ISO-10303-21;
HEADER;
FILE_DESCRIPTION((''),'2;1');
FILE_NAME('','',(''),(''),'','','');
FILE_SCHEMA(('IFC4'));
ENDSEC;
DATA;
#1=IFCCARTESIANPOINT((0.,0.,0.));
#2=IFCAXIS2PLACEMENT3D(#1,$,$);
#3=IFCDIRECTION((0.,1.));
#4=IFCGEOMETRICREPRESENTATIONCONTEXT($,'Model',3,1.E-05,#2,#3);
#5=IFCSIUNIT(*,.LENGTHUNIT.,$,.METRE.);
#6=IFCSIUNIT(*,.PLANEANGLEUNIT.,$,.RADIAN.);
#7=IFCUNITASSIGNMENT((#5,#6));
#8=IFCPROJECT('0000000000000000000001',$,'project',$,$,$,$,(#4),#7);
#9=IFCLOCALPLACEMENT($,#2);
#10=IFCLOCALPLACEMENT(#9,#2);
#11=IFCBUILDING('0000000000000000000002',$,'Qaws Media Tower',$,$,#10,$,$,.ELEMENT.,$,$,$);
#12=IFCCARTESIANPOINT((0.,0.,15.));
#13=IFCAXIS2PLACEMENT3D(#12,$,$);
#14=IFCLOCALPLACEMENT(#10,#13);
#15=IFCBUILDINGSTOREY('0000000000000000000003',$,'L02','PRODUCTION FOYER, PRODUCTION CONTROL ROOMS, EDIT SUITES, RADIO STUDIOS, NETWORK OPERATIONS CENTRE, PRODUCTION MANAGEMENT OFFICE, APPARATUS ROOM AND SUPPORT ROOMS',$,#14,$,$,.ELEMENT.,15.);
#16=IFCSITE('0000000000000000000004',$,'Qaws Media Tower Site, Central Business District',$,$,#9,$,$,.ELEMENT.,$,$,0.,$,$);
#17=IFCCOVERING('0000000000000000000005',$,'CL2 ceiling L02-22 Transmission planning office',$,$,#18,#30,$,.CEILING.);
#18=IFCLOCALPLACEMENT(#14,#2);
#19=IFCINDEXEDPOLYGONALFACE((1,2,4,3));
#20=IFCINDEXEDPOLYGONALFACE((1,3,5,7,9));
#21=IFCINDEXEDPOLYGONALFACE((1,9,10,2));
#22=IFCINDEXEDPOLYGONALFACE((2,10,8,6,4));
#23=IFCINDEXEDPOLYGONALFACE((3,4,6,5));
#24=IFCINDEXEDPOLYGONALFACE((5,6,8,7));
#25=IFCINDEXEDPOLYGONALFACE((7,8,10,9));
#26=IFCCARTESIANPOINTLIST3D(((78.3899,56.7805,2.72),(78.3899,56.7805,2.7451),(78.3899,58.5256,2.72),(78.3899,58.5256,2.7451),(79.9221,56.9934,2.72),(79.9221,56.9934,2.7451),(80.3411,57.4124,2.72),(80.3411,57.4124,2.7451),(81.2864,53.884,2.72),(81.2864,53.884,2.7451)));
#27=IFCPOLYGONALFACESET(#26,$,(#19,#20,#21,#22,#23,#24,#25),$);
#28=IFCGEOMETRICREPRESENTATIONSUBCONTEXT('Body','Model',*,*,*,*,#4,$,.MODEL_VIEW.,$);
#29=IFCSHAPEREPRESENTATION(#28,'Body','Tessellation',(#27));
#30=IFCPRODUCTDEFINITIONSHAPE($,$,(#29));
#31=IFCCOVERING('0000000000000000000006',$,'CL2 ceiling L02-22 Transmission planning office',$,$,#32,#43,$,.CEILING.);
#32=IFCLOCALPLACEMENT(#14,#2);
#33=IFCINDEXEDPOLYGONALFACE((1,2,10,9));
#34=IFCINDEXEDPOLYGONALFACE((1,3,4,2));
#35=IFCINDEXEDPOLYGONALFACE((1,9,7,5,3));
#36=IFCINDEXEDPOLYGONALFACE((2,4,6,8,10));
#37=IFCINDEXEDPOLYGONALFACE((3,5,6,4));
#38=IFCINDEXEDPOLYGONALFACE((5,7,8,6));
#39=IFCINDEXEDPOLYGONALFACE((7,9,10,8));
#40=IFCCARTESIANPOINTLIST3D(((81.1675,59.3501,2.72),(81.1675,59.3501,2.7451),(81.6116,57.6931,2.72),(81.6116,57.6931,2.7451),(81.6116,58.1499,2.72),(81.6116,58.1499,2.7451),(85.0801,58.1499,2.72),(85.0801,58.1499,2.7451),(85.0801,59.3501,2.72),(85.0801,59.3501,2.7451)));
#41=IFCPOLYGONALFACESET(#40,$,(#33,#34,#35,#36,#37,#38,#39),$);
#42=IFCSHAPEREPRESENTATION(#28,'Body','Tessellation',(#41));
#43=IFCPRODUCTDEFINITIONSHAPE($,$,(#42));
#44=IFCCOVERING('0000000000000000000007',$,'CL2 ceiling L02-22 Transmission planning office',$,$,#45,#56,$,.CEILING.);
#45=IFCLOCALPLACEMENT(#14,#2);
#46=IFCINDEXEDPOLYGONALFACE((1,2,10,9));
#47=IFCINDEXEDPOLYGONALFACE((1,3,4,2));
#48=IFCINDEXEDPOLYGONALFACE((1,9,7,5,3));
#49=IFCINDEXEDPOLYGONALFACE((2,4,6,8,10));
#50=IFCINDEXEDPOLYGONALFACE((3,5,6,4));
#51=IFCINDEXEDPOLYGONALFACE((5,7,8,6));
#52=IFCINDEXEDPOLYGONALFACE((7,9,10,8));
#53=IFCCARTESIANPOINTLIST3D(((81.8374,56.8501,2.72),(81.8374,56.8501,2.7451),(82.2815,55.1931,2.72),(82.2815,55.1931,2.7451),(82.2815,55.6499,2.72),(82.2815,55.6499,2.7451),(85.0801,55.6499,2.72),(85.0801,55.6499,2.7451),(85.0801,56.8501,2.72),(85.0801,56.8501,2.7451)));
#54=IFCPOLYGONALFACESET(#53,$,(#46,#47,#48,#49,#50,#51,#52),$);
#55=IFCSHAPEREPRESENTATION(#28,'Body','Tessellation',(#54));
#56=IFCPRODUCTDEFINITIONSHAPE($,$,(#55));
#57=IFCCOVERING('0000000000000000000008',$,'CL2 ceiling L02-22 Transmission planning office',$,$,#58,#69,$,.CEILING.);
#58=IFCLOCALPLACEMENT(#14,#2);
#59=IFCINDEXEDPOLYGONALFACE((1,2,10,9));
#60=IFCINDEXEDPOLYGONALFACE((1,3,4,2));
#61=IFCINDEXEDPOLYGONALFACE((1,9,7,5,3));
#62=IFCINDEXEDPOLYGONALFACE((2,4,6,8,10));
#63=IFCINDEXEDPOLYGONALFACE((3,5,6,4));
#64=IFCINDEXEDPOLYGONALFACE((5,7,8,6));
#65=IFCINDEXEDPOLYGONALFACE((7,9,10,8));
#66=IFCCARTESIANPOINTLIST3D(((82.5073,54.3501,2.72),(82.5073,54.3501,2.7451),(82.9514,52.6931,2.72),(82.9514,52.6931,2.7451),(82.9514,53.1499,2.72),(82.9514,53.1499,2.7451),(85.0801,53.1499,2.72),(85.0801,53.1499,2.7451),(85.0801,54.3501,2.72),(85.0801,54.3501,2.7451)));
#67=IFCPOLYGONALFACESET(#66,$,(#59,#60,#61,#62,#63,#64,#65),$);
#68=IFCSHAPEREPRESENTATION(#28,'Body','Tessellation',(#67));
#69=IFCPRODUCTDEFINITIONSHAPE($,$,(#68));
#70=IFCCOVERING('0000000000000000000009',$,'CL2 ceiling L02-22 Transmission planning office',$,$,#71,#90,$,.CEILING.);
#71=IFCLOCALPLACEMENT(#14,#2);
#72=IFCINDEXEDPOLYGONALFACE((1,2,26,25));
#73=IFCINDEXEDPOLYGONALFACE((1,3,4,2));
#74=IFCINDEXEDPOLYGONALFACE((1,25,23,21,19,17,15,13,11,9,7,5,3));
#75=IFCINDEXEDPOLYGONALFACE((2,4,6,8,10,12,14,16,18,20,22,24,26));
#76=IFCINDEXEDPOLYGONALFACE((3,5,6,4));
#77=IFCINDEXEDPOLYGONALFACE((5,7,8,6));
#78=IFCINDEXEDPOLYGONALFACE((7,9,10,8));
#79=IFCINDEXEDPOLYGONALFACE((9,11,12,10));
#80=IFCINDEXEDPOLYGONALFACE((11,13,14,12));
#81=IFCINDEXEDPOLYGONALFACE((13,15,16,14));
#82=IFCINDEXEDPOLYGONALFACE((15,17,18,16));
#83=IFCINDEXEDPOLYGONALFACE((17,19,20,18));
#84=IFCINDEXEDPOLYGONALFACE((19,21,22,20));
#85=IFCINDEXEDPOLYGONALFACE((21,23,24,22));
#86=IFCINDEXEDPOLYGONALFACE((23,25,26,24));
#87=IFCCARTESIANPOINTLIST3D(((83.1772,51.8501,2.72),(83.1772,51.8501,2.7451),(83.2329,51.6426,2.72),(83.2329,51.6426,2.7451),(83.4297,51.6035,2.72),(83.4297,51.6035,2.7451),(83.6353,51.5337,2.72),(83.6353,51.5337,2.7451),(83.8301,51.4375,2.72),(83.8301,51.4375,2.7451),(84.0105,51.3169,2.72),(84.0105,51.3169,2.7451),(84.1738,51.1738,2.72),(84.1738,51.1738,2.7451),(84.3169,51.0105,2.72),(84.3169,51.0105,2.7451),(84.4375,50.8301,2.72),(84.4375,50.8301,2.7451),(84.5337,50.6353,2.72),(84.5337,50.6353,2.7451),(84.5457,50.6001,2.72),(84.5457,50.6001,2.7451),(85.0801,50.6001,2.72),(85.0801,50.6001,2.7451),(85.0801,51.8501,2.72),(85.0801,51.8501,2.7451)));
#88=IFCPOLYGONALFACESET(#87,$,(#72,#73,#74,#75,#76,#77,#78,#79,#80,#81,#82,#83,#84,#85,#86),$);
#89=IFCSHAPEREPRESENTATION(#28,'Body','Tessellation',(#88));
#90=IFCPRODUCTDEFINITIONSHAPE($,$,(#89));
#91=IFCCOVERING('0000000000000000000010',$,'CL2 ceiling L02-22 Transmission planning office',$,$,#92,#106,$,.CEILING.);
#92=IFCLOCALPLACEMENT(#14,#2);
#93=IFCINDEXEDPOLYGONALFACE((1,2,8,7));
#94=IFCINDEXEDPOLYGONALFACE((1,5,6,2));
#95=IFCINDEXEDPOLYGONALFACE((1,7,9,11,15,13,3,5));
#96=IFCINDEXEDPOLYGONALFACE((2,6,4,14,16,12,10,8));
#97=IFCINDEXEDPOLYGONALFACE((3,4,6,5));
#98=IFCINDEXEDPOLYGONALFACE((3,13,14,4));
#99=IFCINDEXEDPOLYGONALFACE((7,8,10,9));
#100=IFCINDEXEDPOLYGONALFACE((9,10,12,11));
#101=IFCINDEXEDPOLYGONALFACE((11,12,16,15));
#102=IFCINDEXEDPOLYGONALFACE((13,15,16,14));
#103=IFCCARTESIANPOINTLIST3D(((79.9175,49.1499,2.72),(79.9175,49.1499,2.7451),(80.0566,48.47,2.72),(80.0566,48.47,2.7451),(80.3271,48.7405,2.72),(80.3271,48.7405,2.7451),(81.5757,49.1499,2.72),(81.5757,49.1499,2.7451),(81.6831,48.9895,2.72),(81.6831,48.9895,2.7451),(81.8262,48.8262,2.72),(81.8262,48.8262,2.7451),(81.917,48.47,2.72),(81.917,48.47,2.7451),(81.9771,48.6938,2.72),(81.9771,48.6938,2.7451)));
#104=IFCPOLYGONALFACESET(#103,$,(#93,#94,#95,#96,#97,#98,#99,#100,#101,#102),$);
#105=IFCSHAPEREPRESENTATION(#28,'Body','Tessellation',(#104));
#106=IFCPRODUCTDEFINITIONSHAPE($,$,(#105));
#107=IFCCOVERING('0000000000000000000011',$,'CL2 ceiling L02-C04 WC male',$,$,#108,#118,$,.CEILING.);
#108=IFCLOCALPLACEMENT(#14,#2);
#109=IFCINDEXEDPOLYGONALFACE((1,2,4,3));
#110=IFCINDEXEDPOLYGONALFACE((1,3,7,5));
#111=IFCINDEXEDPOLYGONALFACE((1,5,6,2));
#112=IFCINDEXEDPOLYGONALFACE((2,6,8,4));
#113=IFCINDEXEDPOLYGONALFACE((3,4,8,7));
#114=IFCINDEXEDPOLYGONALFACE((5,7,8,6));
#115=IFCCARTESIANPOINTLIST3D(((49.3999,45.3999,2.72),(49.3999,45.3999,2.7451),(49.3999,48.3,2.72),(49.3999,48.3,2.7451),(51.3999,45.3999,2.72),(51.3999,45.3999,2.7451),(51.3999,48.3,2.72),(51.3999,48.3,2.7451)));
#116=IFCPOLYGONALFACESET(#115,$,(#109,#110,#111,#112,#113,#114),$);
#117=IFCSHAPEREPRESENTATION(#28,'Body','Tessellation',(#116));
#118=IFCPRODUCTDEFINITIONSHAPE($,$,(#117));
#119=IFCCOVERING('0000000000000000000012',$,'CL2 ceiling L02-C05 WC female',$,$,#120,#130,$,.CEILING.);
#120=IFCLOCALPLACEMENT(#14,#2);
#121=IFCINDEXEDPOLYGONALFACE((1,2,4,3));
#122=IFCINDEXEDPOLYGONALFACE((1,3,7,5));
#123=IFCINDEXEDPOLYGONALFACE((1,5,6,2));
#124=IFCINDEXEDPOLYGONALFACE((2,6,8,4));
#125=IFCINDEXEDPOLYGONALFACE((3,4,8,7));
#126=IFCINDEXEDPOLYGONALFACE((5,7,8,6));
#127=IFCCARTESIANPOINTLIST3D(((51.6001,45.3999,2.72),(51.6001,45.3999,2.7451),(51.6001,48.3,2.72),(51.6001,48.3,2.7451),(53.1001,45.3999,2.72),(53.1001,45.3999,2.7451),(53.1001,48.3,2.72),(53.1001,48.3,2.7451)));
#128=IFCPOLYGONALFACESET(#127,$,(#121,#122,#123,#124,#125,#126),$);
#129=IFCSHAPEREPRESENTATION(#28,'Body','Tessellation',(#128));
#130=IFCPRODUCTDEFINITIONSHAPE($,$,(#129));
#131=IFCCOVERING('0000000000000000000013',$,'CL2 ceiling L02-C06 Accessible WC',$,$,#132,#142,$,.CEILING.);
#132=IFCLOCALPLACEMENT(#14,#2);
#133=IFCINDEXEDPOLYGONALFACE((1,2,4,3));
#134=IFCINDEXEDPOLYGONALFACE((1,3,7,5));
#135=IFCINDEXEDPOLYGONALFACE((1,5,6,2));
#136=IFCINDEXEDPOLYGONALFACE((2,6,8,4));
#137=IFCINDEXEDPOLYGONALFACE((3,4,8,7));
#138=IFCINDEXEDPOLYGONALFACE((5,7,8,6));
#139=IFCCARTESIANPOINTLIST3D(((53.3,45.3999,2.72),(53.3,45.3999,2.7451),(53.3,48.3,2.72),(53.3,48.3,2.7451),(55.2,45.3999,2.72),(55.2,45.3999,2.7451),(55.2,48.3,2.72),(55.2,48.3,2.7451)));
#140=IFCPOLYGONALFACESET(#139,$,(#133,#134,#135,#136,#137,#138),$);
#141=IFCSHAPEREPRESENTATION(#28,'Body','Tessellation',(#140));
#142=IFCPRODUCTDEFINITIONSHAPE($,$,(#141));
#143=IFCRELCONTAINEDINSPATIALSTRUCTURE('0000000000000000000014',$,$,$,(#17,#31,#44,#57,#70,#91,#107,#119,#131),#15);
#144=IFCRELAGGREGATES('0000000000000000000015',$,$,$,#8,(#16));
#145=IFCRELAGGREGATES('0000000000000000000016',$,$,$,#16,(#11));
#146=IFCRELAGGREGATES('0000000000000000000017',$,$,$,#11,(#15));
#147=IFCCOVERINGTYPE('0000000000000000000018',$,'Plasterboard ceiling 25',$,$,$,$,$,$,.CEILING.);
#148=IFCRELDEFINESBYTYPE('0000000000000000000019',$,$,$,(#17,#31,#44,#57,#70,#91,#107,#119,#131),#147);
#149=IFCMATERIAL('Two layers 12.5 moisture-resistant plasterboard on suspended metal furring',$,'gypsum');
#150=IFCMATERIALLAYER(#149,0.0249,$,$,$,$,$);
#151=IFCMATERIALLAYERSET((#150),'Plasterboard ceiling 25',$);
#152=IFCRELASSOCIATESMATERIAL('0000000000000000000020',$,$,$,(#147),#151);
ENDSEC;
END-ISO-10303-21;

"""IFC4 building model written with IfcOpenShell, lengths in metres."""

from ifc_helpers import new_model, si_unit, direction, frame, origin, place, context, subcontext, project, spatial, polyline, outline, extrude, material, layer, layer_set, type_object, element, save


model = new_model("IFC4")

# Units and contexts
model_context = context("Model", 3, precision=1e-05, world=origin(), true_north=direction((0.0, 1.0)))
body_context = subcontext(model_context, "Body", "Model", "MODEL_VIEW")
ifc_project = project(units=[si_unit("LENGTHUNIT", "METRE"), si_unit("PLANEANGLEUNIT", "RADIAN")], contexts=[model_context])

# Site, building, storey
site_placement = place(None, origin())
site = spatial("IfcSite", under=ifc_project, at=site_placement, Name="Qaws Media Tower Site, Central Business District", CompositionType="ELEMENT", RefElevation=0.0)
building_placement = place(site_placement, origin())
building = spatial("IfcBuilding", under=site, at=building_placement, Name="Qaws Media Tower", CompositionType="ELEMENT")
storey_placement = place(building_placement, frame((0.0, 0.0, 15.0)))
storey = spatial("IfcBuildingStorey", under=building, at=storey_placement, Name="L02", Description="PRODUCTION FOYER, PRODUCTION CONTROL ROOMS, EDIT SUITES, RADIO STUDIOS, NETWORK OPERATIONS CENTRE, PRODUCTION MANAGEMENT OFFICE, APPARATUS ROOM AND SUPPORT ROOMS", CompositionType="ELEMENT", Elevation=15.0)

# Coverings
ifc_material_1 = material(Name="Two layers 12.5 moisture-resistant plasterboard on suspended metal furring", Category="gypsum")
ifc_layer_1 = layer(ifc_material_1, 0.0249)
ifc_layer_set_1 = layer_set([ifc_layer_1], Name="Plasterboard ceiling 25")
covering_type = type_object("IfcCoveringType", Name="Plasterboard ceiling 25", PredefinedType="CEILING", material=ifc_layer_set_1)
covering_1_placement = place(storey_placement, frame((0.0, 0.0, 2.72)))
element("IfcCovering", 1, at=covering_1_placement, inside=storey, type_object=covering_type, Name="CL2 ceiling L02-22 Transmission planning office", PredefinedType="CEILING", context=body_context, shape_type="SweptSolid", body=[
    extrude(outline(polyline([(78.3899, 58.5256), (79.9221, 56.9934), (80.3411, 57.4124), (81.2864, 53.884), (78.3899, 56.7805), (78.3899, 58.5256)])), origin(), (0.0, 0.0, 1.0), 0.0251),
])
covering_2_placement = place(storey_placement, frame((0.0, 0.0, 2.72)))
element("IfcCovering", 2, at=covering_2_placement, inside=storey, type_object=covering_type, Name="CL2 ceiling L02-22 Transmission planning office", PredefinedType="CEILING", context=body_context, shape_type="SweptSolid", body=[
    extrude(outline(polyline([(85.0801, 58.1499), (81.6116, 58.1499), (81.6116, 57.6931), (81.1675, 59.3501), (85.0801, 59.3501), (85.0801, 58.1499)])), origin(), (0.0, 0.0, 1.0), 0.0251),
])
covering_3_placement = place(storey_placement, frame((0.0, 0.0, 2.72)))
element("IfcCovering", 3, at=covering_3_placement, inside=storey, type_object=covering_type, Name="CL2 ceiling L02-22 Transmission planning office", PredefinedType="CEILING", context=body_context, shape_type="SweptSolid", body=[
    extrude(outline(polyline([(85.0801, 55.6499), (82.2815, 55.6499), (82.2815, 55.1931), (81.8374, 56.8501), (85.0801, 56.8501), (85.0801, 55.6499)])), origin(), (0.0, 0.0, 1.0), 0.0251),
])
covering_4_placement = place(storey_placement, frame((0.0, 0.0, 2.72)))
element("IfcCovering", 4, at=covering_4_placement, inside=storey, type_object=covering_type, Name="CL2 ceiling L02-22 Transmission planning office", PredefinedType="CEILING", context=body_context, shape_type="SweptSolid", body=[
    extrude(outline(polyline([(85.0801, 53.1499), (82.9514, 53.1499), (82.9514, 52.6931), (82.5073, 54.3501), (85.0801, 54.3501), (85.0801, 53.1499)])), origin(), (0.0, 0.0, 1.0), 0.0251),
])
covering_5_placement = place(storey_placement, frame((0.0, 0.0, 2.72)))
element("IfcCovering", 5, at=covering_5_placement, inside=storey, type_object=covering_type, Name="CL2 ceiling L02-22 Transmission planning office", PredefinedType="CEILING", context=body_context, shape_type="SweptSolid", body=[
    extrude(outline(polyline([(85.0801, 50.6001), (84.5457, 50.6001), (84.5337, 50.6353), (84.4375, 50.8301), (84.3169, 51.0105), (84.1738, 51.1738), (84.0105, 51.3169), (83.8301, 51.4375), (83.6353, 51.5337), (83.4297, 51.6035), (83.2329, 51.6426), (83.1772, 51.8501), (85.0801, 51.8501), (85.0801, 50.6001)])), origin(), (0.0, 0.0, 1.0), 0.0251),
])
covering_6_placement = place(storey_placement, frame((0.0, 0.0, 2.72)))
element("IfcCovering", 6, at=covering_6_placement, inside=storey, type_object=covering_type, Name="CL2 ceiling L02-22 Transmission planning office", PredefinedType="CEILING", context=body_context, shape_type="SweptSolid", body=[
    extrude(outline(polyline([(81.6831, 48.9895), (81.8262, 48.8262), (81.9771, 48.6938), (81.917, 48.47), (80.0566, 48.47), (80.3271, 48.7405), (79.9175, 49.1499), (81.5757, 49.1499), (81.6831, 48.9895)])), origin(), (0.0, 0.0, 1.0), 0.0251),
])
covering_7_placement = place(storey_placement, frame((0.0, 0.0, 2.72)))
element("IfcCovering", 7, at=covering_7_placement, inside=storey, type_object=covering_type, Name="CL2 ceiling L02-C04 WC male", PredefinedType="CEILING", context=body_context, shape_type="SweptSolid", body=[
    extrude(outline(polyline([(49.3999, 45.3999), (49.3999, 48.3), (51.3999, 48.3), (51.3999, 45.3999), (49.3999, 45.3999)])), origin(), (0.0, 0.0, 1.0), 0.0251),
])
covering_8_placement = place(storey_placement, frame((0.0, 0.0, 2.72)))
element("IfcCovering", 8, at=covering_8_placement, inside=storey, type_object=covering_type, Name="CL2 ceiling L02-C05 WC female", PredefinedType="CEILING", context=body_context, shape_type="SweptSolid", body=[
    extrude(outline(polyline([(51.6001, 45.3999), (51.6001, 48.3), (53.1001, 48.3), (53.1001, 45.3999), (51.6001, 45.3999)])), origin(), (0.0, 0.0, 1.0), 0.0251),
])
covering_9_placement = place(storey_placement, frame((0.0, 0.0, 2.72)))
element("IfcCovering", 9, at=covering_9_placement, inside=storey, type_object=covering_type, Name="CL2 ceiling L02-C06 Accessible WC", PredefinedType="CEILING", context=body_context, shape_type="SweptSolid", body=[
    extrude(outline(polyline([(53.3, 45.3999), (53.3, 48.3), (55.2, 48.3), (55.2, 45.3999), (53.3, 45.3999)])), origin(), (0.0, 0.0, 1.0), 0.0251),
])

save(model, "model.ifc")
